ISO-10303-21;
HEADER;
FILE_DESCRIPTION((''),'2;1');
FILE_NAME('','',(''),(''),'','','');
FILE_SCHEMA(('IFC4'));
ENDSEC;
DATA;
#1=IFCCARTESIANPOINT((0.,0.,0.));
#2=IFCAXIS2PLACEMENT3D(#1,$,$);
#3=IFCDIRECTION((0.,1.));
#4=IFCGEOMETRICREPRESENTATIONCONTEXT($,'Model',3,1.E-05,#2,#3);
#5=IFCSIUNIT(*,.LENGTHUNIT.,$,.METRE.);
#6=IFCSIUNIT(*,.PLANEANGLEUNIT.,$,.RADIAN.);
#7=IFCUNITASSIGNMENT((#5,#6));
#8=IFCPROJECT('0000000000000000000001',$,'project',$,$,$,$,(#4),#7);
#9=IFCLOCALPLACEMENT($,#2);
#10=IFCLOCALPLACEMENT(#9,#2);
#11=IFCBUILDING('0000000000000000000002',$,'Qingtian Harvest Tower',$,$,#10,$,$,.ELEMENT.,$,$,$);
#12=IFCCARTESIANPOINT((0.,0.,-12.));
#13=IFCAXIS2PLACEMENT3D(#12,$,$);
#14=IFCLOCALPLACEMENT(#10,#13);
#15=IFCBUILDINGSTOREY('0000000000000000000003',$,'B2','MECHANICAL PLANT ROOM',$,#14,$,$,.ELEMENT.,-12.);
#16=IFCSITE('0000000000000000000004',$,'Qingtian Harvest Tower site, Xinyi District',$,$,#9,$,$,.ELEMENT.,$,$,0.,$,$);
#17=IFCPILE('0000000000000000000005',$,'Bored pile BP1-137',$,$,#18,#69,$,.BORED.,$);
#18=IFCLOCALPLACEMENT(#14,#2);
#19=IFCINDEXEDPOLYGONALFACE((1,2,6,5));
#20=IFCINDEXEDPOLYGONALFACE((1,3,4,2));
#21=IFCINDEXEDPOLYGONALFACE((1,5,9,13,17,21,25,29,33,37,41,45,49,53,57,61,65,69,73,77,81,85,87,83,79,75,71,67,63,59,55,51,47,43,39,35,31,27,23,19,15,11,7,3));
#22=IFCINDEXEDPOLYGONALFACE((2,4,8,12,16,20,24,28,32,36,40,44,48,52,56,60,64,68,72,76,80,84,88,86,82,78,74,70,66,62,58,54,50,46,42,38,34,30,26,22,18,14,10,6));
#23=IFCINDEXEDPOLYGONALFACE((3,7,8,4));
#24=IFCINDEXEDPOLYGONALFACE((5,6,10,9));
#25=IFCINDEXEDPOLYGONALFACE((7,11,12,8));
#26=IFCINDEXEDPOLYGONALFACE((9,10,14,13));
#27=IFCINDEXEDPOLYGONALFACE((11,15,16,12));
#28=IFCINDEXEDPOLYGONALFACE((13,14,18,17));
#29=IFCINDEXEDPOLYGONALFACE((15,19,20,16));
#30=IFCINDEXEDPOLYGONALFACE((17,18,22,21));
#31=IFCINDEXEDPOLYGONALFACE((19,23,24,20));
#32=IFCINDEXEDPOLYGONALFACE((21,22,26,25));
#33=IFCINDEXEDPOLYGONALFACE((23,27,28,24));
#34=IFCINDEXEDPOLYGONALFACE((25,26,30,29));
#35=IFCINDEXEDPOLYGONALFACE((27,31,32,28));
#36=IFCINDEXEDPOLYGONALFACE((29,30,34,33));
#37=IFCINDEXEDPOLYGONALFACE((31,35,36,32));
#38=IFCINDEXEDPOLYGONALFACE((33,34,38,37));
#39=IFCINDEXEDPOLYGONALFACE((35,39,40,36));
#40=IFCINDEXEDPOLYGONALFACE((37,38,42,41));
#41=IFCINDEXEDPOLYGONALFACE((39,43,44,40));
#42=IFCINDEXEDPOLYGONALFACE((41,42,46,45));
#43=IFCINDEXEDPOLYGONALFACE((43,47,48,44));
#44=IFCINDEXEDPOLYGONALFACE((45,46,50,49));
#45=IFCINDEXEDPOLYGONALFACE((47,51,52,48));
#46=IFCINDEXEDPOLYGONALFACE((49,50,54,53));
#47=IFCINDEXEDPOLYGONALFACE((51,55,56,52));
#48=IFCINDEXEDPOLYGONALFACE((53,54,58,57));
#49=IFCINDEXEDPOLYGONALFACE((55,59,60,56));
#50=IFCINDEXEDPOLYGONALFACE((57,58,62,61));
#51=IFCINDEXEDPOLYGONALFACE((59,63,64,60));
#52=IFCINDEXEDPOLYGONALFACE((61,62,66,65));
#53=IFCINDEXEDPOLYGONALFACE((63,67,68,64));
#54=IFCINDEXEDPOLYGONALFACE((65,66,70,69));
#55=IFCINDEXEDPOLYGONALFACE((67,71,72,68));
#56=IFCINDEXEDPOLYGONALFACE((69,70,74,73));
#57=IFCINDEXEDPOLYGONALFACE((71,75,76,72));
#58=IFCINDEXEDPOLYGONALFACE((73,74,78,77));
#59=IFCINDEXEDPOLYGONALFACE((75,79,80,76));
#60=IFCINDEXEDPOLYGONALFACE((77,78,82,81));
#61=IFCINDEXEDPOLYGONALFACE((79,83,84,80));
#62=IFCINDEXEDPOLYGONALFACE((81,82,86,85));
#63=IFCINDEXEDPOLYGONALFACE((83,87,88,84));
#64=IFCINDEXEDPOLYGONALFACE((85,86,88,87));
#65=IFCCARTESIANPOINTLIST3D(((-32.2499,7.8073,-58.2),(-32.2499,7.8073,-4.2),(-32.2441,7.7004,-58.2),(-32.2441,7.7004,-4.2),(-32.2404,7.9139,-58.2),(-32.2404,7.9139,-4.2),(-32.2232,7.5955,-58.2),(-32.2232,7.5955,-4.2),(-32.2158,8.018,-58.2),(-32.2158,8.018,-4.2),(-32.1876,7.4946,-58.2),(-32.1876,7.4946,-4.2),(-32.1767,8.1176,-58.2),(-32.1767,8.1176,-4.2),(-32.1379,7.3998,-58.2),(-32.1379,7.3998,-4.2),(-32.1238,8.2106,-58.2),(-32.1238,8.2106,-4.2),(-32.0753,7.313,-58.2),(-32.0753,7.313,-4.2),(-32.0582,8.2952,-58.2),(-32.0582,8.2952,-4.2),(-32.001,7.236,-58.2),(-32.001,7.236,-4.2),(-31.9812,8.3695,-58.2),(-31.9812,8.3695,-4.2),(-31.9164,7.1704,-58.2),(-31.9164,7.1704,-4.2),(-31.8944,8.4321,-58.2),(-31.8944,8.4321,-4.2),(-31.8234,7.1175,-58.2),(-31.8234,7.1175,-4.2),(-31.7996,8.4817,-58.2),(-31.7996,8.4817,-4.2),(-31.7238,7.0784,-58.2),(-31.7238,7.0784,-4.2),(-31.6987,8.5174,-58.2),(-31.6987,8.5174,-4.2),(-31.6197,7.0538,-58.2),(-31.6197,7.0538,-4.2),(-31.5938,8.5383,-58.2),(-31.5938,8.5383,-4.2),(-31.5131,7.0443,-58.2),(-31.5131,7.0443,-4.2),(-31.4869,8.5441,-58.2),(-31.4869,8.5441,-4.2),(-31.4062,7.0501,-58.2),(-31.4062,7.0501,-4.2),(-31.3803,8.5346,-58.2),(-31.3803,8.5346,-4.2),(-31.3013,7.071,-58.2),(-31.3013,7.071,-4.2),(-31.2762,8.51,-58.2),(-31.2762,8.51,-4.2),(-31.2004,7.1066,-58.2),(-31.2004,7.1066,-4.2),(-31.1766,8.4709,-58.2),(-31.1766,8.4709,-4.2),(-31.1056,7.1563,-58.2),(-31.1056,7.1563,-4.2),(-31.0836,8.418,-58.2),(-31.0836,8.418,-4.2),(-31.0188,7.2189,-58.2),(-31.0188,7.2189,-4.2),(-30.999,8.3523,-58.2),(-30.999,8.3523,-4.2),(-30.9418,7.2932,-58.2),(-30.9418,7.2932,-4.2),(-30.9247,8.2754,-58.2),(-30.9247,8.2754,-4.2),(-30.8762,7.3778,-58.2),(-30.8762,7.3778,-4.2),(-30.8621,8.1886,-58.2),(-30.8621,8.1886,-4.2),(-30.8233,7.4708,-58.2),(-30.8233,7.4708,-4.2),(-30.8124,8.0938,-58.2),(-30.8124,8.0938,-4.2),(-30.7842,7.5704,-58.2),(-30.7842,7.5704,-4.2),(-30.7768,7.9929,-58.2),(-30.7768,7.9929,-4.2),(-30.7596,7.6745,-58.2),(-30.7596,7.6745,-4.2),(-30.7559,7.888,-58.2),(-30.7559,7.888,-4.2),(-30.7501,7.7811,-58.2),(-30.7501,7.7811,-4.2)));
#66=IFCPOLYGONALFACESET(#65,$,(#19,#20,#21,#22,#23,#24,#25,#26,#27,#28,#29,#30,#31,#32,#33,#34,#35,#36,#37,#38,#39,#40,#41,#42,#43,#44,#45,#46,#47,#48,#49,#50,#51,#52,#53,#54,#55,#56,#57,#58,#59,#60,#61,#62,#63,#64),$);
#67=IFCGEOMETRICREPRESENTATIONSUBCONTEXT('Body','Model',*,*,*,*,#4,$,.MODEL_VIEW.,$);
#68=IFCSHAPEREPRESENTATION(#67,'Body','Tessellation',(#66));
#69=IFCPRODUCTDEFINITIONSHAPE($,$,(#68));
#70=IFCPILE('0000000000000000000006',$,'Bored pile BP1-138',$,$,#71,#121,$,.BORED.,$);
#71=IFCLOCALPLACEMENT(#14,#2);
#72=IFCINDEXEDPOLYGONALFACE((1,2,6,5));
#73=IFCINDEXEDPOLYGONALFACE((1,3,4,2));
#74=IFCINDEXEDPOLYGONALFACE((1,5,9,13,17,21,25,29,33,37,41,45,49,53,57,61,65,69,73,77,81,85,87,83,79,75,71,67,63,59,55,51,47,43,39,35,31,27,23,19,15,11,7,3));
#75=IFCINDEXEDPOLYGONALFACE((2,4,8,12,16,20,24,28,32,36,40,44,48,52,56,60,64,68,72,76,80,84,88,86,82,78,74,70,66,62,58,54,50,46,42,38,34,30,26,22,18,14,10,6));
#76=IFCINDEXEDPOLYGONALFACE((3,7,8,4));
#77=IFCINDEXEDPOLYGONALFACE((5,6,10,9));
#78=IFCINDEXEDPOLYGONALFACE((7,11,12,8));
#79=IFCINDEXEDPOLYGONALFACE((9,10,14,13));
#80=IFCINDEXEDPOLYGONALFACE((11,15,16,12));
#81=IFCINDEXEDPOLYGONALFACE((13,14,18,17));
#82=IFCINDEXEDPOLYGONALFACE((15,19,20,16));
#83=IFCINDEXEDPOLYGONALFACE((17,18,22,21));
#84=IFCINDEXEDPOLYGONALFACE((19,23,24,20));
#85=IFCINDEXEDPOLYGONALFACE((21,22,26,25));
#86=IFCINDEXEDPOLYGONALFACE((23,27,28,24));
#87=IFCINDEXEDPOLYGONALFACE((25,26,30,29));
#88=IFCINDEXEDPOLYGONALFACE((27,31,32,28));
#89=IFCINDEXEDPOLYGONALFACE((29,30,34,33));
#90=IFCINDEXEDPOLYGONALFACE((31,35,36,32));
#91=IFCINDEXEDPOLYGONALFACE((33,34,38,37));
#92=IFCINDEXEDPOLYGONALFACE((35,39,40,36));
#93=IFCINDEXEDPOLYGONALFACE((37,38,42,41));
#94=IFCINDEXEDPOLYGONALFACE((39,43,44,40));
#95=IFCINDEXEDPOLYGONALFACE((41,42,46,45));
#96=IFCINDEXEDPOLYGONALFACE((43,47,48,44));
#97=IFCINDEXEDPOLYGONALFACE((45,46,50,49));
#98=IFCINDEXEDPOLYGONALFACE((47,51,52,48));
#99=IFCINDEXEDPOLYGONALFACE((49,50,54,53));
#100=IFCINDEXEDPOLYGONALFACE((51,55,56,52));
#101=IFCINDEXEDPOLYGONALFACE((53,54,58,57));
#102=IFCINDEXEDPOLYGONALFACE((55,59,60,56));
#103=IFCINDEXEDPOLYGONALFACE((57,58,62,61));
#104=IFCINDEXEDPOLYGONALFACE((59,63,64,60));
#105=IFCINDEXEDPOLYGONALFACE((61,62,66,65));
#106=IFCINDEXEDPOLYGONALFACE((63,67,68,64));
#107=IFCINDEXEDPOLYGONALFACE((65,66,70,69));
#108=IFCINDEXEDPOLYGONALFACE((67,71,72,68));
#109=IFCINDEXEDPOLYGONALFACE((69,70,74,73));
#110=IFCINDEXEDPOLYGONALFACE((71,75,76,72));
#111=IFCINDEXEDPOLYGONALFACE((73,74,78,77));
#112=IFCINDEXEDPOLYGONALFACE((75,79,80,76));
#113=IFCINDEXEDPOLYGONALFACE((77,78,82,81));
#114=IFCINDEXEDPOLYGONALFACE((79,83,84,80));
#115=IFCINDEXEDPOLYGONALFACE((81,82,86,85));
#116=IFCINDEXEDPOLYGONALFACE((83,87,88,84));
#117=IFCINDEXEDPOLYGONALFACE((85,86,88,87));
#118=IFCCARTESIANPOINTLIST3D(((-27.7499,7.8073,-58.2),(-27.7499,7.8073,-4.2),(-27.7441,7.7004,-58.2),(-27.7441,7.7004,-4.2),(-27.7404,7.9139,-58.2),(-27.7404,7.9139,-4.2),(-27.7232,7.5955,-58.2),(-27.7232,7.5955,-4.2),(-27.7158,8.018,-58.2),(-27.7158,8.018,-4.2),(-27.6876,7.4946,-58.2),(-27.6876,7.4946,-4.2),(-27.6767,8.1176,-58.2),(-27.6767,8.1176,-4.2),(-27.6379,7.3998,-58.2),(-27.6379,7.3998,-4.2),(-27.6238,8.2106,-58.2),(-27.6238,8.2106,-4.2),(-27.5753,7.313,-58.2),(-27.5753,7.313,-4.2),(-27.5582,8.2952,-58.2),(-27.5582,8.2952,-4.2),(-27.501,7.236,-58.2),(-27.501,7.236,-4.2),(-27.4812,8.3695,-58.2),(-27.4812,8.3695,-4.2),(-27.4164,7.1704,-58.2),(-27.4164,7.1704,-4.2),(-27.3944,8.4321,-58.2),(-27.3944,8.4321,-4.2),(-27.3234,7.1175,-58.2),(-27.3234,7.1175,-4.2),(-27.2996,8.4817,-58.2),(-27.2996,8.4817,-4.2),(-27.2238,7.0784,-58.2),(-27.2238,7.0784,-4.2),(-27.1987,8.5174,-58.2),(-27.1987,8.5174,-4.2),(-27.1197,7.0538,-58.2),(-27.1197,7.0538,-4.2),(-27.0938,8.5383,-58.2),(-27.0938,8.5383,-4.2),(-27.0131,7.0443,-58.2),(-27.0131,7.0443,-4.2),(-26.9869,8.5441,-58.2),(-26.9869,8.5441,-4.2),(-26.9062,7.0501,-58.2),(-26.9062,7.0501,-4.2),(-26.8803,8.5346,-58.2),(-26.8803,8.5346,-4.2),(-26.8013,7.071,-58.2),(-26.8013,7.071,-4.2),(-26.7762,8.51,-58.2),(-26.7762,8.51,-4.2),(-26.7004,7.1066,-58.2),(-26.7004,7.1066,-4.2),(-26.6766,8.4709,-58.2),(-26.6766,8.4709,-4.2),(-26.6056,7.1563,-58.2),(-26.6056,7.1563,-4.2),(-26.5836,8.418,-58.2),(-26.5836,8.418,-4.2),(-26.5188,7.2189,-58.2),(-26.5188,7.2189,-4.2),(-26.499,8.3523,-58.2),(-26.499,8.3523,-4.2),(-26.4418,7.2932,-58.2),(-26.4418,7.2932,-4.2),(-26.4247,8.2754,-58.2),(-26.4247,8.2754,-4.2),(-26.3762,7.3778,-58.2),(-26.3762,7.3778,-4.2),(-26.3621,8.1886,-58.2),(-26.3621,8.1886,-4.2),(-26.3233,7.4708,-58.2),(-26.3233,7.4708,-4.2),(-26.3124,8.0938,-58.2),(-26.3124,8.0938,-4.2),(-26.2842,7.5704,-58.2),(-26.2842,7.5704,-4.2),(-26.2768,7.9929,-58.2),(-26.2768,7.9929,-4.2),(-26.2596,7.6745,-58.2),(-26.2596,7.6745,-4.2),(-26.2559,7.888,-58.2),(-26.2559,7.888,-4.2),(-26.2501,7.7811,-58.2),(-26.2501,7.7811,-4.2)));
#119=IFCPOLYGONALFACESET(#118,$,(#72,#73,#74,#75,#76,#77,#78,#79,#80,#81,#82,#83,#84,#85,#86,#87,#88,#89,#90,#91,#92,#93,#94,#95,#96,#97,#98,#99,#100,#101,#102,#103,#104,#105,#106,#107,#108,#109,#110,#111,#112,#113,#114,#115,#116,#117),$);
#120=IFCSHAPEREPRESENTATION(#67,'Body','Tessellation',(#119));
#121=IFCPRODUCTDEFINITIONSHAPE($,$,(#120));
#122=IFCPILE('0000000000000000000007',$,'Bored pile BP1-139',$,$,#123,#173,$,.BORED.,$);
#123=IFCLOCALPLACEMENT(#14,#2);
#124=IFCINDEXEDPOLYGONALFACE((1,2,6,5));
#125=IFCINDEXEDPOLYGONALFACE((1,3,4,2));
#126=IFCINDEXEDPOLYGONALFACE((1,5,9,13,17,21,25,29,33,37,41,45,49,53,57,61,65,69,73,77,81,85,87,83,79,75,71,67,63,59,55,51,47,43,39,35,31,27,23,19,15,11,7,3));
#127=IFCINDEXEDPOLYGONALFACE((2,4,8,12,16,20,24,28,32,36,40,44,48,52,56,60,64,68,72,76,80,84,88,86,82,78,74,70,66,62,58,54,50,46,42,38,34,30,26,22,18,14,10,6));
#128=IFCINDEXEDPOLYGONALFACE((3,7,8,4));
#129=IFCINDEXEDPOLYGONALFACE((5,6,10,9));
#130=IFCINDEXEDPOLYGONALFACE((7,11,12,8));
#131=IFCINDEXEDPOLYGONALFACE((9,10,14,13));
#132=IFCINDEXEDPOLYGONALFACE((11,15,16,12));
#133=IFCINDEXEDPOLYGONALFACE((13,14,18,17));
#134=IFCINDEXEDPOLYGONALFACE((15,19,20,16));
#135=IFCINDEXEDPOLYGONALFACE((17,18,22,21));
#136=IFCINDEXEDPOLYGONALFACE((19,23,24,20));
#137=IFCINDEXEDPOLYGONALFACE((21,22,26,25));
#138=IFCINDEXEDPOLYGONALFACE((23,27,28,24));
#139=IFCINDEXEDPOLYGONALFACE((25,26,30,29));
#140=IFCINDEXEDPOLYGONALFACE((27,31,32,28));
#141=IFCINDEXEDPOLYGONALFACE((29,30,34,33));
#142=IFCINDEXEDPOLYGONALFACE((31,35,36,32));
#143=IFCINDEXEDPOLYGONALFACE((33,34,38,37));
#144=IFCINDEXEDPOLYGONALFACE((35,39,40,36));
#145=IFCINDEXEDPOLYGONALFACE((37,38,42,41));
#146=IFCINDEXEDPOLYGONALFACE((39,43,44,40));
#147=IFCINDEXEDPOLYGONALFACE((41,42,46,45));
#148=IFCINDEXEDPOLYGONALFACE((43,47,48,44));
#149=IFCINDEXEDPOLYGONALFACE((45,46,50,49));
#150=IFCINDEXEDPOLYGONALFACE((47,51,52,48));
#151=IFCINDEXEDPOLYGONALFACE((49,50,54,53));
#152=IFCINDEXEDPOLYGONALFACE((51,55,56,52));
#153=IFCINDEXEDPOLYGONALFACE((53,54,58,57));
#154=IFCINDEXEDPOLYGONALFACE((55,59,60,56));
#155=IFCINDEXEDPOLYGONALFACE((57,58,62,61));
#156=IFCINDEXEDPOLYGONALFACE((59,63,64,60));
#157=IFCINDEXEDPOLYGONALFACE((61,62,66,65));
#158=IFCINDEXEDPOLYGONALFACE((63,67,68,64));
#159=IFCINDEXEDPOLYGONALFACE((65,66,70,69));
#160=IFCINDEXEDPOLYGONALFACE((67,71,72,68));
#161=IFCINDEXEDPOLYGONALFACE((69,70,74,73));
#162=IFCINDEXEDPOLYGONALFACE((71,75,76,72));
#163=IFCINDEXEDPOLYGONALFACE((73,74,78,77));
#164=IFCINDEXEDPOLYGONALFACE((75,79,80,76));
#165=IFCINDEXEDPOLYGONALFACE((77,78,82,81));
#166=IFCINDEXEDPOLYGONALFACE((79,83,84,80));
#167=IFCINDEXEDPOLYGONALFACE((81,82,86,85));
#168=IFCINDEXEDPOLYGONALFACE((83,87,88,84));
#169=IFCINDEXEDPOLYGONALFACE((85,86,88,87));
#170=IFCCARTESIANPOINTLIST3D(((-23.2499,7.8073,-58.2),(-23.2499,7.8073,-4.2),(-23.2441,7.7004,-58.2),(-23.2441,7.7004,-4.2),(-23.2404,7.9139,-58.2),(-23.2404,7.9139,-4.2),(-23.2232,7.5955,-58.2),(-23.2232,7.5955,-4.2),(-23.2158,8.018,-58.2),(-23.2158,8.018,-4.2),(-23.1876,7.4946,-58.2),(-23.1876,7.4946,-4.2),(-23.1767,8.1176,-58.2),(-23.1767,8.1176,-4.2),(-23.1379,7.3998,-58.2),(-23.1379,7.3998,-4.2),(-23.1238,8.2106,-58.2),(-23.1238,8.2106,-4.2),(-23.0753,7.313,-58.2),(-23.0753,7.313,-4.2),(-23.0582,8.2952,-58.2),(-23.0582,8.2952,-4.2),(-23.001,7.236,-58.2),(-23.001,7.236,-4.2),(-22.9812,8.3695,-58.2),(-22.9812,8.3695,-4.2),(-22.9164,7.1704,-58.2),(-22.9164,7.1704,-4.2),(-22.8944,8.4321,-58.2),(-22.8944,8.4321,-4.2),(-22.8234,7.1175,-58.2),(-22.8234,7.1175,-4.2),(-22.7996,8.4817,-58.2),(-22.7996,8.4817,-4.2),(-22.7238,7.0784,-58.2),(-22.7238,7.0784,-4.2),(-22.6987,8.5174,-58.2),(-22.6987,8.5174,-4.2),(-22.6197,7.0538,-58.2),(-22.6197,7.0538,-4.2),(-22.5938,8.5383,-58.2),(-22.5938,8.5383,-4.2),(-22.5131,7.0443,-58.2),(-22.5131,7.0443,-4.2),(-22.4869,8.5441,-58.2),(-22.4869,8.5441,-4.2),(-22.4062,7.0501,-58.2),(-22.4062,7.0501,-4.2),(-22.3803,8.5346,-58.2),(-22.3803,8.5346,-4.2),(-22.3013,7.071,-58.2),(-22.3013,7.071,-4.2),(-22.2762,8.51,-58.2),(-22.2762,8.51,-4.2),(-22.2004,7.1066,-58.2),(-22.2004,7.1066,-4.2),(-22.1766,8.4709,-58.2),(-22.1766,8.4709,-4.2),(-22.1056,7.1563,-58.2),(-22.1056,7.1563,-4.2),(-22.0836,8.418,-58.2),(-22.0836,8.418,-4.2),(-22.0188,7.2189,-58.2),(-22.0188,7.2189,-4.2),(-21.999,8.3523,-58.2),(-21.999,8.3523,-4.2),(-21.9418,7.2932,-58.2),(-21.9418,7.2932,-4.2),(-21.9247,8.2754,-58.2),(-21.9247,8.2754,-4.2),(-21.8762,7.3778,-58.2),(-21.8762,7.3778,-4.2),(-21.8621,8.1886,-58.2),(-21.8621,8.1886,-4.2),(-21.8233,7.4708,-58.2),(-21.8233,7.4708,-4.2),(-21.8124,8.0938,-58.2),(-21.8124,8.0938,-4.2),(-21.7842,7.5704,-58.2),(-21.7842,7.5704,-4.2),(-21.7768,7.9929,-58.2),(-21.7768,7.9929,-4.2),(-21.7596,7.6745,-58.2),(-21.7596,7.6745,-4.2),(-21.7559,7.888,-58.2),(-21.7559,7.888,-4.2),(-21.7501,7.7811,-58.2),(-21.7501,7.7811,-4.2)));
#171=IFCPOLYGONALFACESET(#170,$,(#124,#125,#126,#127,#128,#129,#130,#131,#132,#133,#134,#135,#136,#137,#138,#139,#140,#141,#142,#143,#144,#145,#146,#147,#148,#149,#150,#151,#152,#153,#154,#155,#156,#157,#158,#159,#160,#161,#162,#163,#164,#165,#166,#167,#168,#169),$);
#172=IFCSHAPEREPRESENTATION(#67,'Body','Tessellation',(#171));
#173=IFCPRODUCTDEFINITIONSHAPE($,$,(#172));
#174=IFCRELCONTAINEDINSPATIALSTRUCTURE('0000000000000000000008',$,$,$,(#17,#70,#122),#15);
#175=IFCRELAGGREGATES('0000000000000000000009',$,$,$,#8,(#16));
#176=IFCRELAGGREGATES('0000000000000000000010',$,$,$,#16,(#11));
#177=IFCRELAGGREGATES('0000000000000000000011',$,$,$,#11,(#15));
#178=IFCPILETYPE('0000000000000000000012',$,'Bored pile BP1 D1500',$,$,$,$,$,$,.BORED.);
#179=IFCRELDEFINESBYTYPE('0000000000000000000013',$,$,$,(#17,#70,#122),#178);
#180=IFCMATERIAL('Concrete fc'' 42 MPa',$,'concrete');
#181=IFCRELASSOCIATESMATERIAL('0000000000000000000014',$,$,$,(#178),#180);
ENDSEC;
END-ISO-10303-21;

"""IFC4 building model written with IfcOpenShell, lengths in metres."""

from ifc_helpers import new_model, si_unit, direction, frame, frame_2d, origin, place, context, subcontext, project, spatial, circle, extrude, material, material_profile, profile_set, type_object, element, save


model = new_model("IFC4")

# Units and contexts
model_context = context("Model", 3, precision=1e-05, world=origin(), true_north=direction((0.0, 1.0)))
body_context = subcontext(model_context, "Body", "Model", "MODEL_VIEW")
ifc_project = project(units=[si_unit("LENGTHUNIT", "METRE"), si_unit("PLANEANGLEUNIT", "RADIAN")], contexts=[model_context])

# Site, building, storey
site_placement = place(None, origin())
site = spatial("IfcSite", under=ifc_project, at=site_placement, Name="Qingtian Harvest Tower site, Xinyi District", CompositionType="ELEMENT", RefElevation=0.0)
building_placement = place(site_placement, origin())
building = spatial("IfcBuilding", under=site, at=building_placement, Name="Qingtian Harvest Tower", CompositionType="ELEMENT")
storey_placement = place(building_placement, frame((0.0, 0.0, -12.0)))
storey = spatial("IfcBuildingStorey", under=building, at=storey_placement, Name="B2", Description="MECHANICAL PLANT ROOM", CompositionType="ELEMENT", Elevation=-12.0)

# Piles
ifc_material_1 = material(Name="Concrete fc' 42 MPa", Category="concrete")
ifc_material_profile_1 = material_profile(ifc_material_1, circle(Radius=0.75, at=frame_2d((0.0, 0.0), x_axis=(0.999848, 0.017452))), Name="Bored pile BP1 D1500")
ifc_profile_set_1 = profile_set([ifc_material_profile_1], Name="Concrete fc' 42 MPa")
pile_type = type_object("IfcPileType", Name="Bored pile BP1 D1500", PredefinedType="BORED", material=ifc_profile_set_1)
for number, where, z_axis, x_axis, name in (
    (1, (-31.5, 7.7942, -4.2), (0.0, 0.0, -1.0), (1.0, 0.0, 0.0), "Bored pile BP1-137"),
    (2, (-27.0, 7.7942, -4.2), (0.0, 0.0, -1.0), (1.0, 0.0, 0.0), "Bored pile BP1-138"),
    (3, (-22.5, 7.7942, -4.2), (0.0, 0.0, -1.0), (1.0, 0.0, 0.0), "Bored pile BP1-139"),
):
    element("IfcPile", number, at=place(storey_placement, frame(where, z_axis=z_axis, x_axis=x_axis)), inside=storey, type_object=pile_type, Name=name, PredefinedType="BORED", context=body_context, shape_type="SweptSolid", body=[
        extrude(circle(Radius=0.75, at=frame_2d((0.0, 0.0), x_axis=(0.999848, 0.017452))), origin(), (0.0, 0.0, 1.0), 54.0),
    ])

save(model, "model.ifc")
